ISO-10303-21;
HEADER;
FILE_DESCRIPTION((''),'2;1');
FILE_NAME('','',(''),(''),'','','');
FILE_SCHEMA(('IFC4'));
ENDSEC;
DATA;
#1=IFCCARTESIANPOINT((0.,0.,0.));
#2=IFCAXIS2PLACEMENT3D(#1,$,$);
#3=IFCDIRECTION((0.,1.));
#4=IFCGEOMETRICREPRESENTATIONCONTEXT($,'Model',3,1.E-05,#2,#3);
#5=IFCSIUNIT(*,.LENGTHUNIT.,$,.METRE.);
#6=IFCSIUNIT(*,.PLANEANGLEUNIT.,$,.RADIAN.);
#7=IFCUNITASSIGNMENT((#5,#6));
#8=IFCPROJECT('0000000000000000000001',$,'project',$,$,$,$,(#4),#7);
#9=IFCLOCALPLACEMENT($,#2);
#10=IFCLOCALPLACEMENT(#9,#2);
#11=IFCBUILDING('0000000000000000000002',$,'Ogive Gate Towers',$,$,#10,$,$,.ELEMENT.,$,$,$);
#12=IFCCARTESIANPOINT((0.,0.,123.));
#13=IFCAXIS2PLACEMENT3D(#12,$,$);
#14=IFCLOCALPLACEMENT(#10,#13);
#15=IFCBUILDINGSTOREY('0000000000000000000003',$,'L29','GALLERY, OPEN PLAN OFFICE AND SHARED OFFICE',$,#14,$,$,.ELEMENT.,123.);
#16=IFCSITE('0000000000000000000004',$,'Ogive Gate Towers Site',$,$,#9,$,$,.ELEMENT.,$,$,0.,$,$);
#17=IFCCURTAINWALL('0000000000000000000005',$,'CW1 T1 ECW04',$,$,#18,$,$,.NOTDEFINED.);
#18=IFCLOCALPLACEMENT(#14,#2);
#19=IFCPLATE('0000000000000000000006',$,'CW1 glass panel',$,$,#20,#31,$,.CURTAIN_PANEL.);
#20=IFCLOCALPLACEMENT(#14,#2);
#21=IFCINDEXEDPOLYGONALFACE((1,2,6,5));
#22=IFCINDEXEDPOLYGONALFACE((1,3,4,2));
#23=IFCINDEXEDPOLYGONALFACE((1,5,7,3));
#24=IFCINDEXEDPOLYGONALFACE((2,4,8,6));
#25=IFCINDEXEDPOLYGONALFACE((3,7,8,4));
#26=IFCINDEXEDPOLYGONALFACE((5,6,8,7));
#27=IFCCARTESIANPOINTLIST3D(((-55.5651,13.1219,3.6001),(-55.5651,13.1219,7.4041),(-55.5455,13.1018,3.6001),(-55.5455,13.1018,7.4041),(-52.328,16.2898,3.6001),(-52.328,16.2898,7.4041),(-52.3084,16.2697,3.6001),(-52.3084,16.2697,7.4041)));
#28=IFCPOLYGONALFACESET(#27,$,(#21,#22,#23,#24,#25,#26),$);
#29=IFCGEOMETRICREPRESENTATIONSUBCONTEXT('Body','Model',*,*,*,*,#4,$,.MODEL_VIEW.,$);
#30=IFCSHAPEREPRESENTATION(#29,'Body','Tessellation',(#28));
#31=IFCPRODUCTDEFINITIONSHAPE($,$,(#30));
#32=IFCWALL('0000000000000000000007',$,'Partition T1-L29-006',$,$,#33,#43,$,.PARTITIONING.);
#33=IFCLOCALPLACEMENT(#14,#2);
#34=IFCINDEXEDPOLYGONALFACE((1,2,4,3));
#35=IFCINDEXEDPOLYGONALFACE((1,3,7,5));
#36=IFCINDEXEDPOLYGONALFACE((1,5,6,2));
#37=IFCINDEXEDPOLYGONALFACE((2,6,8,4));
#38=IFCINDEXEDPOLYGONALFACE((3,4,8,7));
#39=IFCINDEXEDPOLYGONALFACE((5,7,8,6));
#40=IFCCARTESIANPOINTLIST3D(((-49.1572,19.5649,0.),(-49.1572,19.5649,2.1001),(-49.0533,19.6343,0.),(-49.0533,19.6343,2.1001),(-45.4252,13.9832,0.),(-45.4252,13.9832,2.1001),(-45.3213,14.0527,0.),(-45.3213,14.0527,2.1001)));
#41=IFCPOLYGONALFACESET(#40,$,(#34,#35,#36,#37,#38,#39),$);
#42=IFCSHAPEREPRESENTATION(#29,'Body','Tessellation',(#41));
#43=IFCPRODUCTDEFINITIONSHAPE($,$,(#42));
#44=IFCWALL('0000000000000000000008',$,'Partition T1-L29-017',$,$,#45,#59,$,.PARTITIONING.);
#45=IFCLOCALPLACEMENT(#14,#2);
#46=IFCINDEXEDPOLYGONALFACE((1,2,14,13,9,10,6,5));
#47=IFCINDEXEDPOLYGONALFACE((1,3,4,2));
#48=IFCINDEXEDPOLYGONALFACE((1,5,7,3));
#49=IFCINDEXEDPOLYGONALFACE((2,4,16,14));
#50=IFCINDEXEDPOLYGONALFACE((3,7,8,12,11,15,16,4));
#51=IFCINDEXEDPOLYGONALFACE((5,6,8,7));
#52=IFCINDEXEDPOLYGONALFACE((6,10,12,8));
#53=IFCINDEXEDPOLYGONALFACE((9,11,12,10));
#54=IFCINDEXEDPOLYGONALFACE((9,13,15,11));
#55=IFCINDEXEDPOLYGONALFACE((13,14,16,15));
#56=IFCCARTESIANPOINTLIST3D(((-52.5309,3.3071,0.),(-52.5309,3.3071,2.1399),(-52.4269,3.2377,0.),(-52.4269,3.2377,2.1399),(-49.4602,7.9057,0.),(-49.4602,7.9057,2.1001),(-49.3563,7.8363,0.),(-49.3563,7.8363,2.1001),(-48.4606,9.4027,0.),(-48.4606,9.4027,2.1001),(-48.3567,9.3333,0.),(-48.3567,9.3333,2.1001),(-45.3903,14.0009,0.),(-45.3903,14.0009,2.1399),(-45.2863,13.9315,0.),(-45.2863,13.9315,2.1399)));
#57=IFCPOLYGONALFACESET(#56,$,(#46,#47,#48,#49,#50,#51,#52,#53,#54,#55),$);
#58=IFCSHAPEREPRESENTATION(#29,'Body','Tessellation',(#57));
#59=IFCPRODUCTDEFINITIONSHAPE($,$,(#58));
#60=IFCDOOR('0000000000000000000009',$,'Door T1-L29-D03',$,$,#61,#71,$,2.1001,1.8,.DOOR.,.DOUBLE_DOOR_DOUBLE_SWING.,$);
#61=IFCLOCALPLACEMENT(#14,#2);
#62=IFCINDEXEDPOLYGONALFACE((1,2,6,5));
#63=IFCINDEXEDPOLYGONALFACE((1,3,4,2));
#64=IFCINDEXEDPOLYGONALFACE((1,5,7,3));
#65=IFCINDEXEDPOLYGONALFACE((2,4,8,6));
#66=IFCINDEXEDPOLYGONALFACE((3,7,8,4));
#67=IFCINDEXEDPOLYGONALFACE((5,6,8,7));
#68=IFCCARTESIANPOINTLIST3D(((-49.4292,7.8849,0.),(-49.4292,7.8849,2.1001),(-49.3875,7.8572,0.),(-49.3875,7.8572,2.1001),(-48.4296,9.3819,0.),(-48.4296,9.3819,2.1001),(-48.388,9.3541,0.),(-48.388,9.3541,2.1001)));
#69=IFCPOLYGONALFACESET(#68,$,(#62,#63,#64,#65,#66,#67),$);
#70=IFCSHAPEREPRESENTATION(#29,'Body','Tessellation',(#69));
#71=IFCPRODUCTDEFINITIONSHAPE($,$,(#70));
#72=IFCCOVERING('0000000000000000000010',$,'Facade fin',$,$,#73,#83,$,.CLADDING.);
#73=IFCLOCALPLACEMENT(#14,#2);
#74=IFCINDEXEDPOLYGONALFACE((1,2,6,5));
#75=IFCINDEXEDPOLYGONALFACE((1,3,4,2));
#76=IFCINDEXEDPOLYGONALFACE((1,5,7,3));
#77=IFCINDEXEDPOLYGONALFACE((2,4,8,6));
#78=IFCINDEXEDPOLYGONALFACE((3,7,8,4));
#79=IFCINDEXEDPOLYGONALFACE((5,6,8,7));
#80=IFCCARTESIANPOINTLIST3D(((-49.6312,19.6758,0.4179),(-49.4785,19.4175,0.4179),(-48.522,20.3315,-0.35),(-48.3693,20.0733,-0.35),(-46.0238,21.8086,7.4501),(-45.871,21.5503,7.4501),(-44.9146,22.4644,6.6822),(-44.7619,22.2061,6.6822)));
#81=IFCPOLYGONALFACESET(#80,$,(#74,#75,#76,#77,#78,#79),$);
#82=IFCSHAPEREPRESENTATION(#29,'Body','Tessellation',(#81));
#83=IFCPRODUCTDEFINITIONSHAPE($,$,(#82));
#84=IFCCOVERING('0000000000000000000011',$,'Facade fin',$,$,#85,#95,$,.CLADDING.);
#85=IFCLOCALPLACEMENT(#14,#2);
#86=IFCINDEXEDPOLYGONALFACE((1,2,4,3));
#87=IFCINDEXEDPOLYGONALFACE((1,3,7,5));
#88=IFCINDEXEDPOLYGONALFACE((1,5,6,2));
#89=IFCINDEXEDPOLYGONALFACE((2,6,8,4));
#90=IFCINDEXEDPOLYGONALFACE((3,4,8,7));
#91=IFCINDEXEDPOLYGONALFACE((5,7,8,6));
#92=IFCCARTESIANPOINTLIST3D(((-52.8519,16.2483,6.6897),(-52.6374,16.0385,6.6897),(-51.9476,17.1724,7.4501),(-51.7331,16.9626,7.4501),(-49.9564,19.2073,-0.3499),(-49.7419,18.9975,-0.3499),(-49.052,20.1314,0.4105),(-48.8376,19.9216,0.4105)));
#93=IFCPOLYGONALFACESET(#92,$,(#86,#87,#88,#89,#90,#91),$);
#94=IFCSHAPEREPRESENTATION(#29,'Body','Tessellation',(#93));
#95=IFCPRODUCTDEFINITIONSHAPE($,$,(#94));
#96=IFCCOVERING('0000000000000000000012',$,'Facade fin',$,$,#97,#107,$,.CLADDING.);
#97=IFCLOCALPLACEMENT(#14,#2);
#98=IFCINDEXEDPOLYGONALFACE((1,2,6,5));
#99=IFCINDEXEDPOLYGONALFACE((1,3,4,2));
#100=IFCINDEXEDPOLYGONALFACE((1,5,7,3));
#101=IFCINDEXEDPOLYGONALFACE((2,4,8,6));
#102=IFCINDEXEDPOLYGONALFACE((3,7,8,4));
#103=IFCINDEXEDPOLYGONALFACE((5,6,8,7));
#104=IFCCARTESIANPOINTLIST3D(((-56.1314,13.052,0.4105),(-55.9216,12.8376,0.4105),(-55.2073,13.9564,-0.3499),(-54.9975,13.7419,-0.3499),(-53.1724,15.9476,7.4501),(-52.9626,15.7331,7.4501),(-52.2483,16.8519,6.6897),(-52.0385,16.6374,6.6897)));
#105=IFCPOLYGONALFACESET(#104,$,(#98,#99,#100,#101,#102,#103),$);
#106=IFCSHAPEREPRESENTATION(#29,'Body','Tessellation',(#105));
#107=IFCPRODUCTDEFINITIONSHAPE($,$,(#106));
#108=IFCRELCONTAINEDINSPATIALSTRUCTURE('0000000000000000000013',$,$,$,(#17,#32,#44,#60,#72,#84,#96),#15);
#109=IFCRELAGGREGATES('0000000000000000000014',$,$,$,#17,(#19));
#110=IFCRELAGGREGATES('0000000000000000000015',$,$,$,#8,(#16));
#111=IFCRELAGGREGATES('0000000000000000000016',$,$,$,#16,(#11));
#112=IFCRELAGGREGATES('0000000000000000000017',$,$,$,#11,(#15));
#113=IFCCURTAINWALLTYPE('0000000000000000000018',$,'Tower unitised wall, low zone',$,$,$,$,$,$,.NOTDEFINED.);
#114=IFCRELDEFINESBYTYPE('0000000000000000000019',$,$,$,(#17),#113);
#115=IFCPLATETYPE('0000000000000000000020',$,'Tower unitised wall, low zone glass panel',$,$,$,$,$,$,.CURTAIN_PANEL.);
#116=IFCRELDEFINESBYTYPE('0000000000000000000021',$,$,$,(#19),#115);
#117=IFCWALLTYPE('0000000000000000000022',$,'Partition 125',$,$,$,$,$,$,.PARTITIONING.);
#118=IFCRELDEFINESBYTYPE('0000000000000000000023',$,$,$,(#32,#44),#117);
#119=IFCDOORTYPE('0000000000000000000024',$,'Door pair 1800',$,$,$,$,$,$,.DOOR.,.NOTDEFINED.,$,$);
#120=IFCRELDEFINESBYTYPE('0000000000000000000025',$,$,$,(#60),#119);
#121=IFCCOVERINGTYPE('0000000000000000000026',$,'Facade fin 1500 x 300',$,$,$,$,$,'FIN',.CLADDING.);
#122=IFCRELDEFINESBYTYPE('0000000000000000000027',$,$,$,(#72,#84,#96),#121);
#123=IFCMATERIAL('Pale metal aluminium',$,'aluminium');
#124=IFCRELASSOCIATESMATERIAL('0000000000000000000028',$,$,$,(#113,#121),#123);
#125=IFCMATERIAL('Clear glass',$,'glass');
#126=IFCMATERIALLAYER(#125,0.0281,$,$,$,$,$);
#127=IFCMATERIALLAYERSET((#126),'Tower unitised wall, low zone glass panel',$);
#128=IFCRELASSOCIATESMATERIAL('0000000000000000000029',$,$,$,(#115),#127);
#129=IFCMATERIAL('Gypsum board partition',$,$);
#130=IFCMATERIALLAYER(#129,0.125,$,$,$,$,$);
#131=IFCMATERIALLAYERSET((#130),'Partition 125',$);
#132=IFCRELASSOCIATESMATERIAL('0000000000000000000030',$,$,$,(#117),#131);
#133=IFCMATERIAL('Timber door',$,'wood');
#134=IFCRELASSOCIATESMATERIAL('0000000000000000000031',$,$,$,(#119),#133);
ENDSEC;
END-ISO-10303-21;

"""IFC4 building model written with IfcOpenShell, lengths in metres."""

from ifc_helpers import new_model, si_unit, direction, frame, frame_2d, origin, origin_2d, place, context, subcontext, project, spatial, rectangle, extrude, material, layer, layer_set, material_profile, profile_set, type_object, element, fill, aggregate, save


model = new_model("IFC4")

# Units and contexts
model_context = context("Model", 3, precision=1e-05, world=origin(), true_north=direction((0.0, 1.0)))
body_context = subcontext(model_context, "Body", "Model", "MODEL_VIEW")
ifc_project = project(units=[si_unit("LENGTHUNIT", "METRE"), si_unit("PLANEANGLEUNIT", "RADIAN")], contexts=[model_context])

# Site, building, storey
site_placement = place(None, origin())
site = spatial("IfcSite", under=ifc_project, at=site_placement, Name="Ogive Gate Towers Site", CompositionType="ELEMENT", RefElevation=0.0)
building_placement = place(site_placement, origin())
building = spatial("IfcBuilding", under=site, at=building_placement, Name="Ogive Gate Towers", CompositionType="ELEMENT")
storey_placement = place(building_placement, frame((0.0, 0.0, 123.0)))
storey = spatial("IfcBuildingStorey", under=building, at=storey_placement, Name="L29", Description="GALLERY, OPEN PLAN OFFICE AND SHARED OFFICE", CompositionType="ELEMENT", Elevation=123.0)

# Shared definitions
ifc_material_1 = material(Name="Pale metal aluminium", Category="aluminium")
curtain_wall_type = type_object("IfcCurtainWallType", Name="Tower unitised wall, low zone", PredefinedType="NOTDEFINED", material=ifc_material_1)

# Curtain wall
curtain_wall_1_placement = place(storey_placement, origin())
curtain_wall_1 = element("IfcCurtainWall", 1, at=curtain_wall_1_placement, inside=storey, type_object=curtain_wall_type, Name="CW1 T1 ECW04", PredefinedType="NOTDEFINED")

# Plate
ifc_material_2 = material(Name="Clear glass", Category="glass")
ifc_layer_1 = layer(ifc_material_2, 0.0281)
ifc_layer_set_1 = layer_set([ifc_layer_1], Name="Tower unitised wall, low zone glass panel")
plate_type = type_object("IfcPlateType", Name="Tower unitised wall, low zone glass panel", PredefinedType="CURTAIN_PANEL", material=ifc_layer_set_1)
plate_1_placement = place(storey_placement, frame((-53.9368, 14.6958, 3.6001), z_axis=(0.0, 0.0, 1.0), x_axis=(-0.714705, -0.699426, 0.0)))
plate_1 = element("IfcPlate", 2, at=plate_1_placement, type_object=plate_type, Name="CW1 glass panel", PredefinedType="CURTAIN_PANEL", context=body_context, shape_type="SweptSolid", body=[
    extrude(rectangle(XDim=4.5293, YDim=0.0281, at=origin_2d()), origin(), (0.0, 0.0, 1.0), 3.804),
])
aggregate(curtain_wall_1, [plate_1])

# Wall
ifc_material_3 = material(Name="Gypsum board partition")
ifc_layer_2 = layer(ifc_material_3, 0.125)
ifc_layer_set_2 = layer_set([ifc_layer_2], Name="Partition 125")
wall_type = type_object("IfcWallType", Name="Partition 125", PredefinedType="PARTITIONING", material=ifc_layer_set_2)
wall_1_placement = place(storey_placement, frame((-49.1052, 19.5996, 0.0), z_axis=(0.0, 0.0, 1.0), x_axis=(0.555824, -0.8313, 0.0)))
element("IfcWall", 3, at=wall_1_placement, inside=storey, type_object=wall_type, Name="Partition T1-L29-006", PredefinedType="PARTITIONING", context=body_context, shape_type="SweptSolid", body=[
    extrude(rectangle(XDim=6.7144, YDim=0.125, at=frame_2d((3.3572, 0.0))), origin(), (0.0, 0.0, 1.0), 2.1001),
])

# Wall, opening, door
wall_2_placement = place(storey_placement, frame((-45.3384, 13.9661, 0.0), z_axis=(0.0, 0.0, 1.0), x_axis=(-0.555313, -0.831641, 0.0)))
wall_2 = element("IfcWall", 4, at=wall_2_placement, inside=storey, type_object=wall_type, Name="Partition T1-L29-017", PredefinedType="PARTITIONING", context=body_context, shape_type="SweptSolid", body=[
    extrude(rectangle(XDim=12.8586, YDim=0.125, at=frame_2d((6.4292, 0.0))), origin(), (0.0, 0.0, 1.0), 2.1399),
])
opening_placement = place(wall_2_placement, frame((5.5291, 0.0, 0.0)))
opening = element("IfcOpeningElement", 5, at=opening_placement, cuts=wall_2, PredefinedType="OPENING", context=body_context, shape_type="SweptSolid", body=[
    extrude(rectangle(XDim=1.8, YDim=2.1001, at=frame_2d((0.8999, 1.05))), frame((0.0, 0.0725, 0.0), z_axis=(0.0, -1.0, 0.0), x_axis=(1.0, 0.0, 0.0)), (0.0, 0.0, 1.0), 0.145),
])
ifc_material_4 = material(Name="Timber door", Category="wood")
door_type = type_object("IfcDoorType", Name="Door pair 1800", OperationType="NOTDEFINED", PredefinedType="DOOR", material=ifc_material_4)
door_placement = place(opening_placement, origin())
door = element("IfcDoor", 6, at=door_placement, inside=storey, type_object=door_type, Name="Door T1-L29-D03", OperationType="DOUBLE_DOOR_DOUBLE_SWING", OverallHeight=2.1001, OverallWidth=1.8, PredefinedType="DOOR", context=body_context, shape_type="SweptSolid", body=[
    extrude(rectangle(XDim=1.8, YDim=2.1001, at=frame_2d((0.8999, 1.05))), frame((0.0, 0.0249, 0.0), z_axis=(0.0, -1.0, 0.0), x_axis=(1.0, 0.0, 0.0)), (0.0, 0.0, 1.0), 0.05),
])
fill(opening, door)

# Coverings
ifc_material_profile_1 = material_profile(ifc_material_1, rectangle(XDim=0.3, YDim=1.5, at=origin_2d()), Name="1500 x 300 pale metal aluminium")
ifc_profile_set_1 = profile_set([ifc_material_profile_1], Name="Pale metal aluminium")
covering_type = type_object("IfcCoveringType", Name="Facade fin 1500 x 300", ElementType="FIN", PredefinedType="CLADDING", material=ifc_profile_set_1)
covering_placement = place(storey_placement, frame((-49.0002, 19.8745, 0.0339), z_axis=(0.440669, 0.260536, 0.85903), x_axis=(-0.508933, 0.860806, 0.0)))
element("IfcCovering", 7, at=covering_placement, inside=storey, type_object=covering_type, Name="Facade fin", PredefinedType="CLADDING", context=body_context, shape_type="SweptSolid", body=[
    extrude(rectangle(XDim=0.3, YDim=1.5, at=origin_2d()), origin(), (0.0, 0.0, 1.0), 8.1863),
])
for number, where, z_axis, x_axis, name in (
    (8, (-49.397, 19.5645, 0.0303), (-0.354551, -0.362324, 0.861983), (0.714731, -0.699399, 0.0), "Facade fin"),
    (9, (-55.5645, 13.397, 0.0303), (0.362324, 0.354551, 0.861983), (-0.699399, 0.714731, 0.0), "Facade fin"),
):
    element("IfcCovering", number, at=place(storey_placement, frame(where, z_axis=z_axis, x_axis=x_axis)), inside=storey, type_object=covering_type, Name=name, PredefinedType="CLADDING", context=body_context, shape_type="SweptSolid", body=[
        extrude(rectangle(XDim=0.3, YDim=1.5, at=origin_2d()), origin(), (0.0, 0.0, 1.0), 8.1667),
    ])

save(model, "model.ifc")
